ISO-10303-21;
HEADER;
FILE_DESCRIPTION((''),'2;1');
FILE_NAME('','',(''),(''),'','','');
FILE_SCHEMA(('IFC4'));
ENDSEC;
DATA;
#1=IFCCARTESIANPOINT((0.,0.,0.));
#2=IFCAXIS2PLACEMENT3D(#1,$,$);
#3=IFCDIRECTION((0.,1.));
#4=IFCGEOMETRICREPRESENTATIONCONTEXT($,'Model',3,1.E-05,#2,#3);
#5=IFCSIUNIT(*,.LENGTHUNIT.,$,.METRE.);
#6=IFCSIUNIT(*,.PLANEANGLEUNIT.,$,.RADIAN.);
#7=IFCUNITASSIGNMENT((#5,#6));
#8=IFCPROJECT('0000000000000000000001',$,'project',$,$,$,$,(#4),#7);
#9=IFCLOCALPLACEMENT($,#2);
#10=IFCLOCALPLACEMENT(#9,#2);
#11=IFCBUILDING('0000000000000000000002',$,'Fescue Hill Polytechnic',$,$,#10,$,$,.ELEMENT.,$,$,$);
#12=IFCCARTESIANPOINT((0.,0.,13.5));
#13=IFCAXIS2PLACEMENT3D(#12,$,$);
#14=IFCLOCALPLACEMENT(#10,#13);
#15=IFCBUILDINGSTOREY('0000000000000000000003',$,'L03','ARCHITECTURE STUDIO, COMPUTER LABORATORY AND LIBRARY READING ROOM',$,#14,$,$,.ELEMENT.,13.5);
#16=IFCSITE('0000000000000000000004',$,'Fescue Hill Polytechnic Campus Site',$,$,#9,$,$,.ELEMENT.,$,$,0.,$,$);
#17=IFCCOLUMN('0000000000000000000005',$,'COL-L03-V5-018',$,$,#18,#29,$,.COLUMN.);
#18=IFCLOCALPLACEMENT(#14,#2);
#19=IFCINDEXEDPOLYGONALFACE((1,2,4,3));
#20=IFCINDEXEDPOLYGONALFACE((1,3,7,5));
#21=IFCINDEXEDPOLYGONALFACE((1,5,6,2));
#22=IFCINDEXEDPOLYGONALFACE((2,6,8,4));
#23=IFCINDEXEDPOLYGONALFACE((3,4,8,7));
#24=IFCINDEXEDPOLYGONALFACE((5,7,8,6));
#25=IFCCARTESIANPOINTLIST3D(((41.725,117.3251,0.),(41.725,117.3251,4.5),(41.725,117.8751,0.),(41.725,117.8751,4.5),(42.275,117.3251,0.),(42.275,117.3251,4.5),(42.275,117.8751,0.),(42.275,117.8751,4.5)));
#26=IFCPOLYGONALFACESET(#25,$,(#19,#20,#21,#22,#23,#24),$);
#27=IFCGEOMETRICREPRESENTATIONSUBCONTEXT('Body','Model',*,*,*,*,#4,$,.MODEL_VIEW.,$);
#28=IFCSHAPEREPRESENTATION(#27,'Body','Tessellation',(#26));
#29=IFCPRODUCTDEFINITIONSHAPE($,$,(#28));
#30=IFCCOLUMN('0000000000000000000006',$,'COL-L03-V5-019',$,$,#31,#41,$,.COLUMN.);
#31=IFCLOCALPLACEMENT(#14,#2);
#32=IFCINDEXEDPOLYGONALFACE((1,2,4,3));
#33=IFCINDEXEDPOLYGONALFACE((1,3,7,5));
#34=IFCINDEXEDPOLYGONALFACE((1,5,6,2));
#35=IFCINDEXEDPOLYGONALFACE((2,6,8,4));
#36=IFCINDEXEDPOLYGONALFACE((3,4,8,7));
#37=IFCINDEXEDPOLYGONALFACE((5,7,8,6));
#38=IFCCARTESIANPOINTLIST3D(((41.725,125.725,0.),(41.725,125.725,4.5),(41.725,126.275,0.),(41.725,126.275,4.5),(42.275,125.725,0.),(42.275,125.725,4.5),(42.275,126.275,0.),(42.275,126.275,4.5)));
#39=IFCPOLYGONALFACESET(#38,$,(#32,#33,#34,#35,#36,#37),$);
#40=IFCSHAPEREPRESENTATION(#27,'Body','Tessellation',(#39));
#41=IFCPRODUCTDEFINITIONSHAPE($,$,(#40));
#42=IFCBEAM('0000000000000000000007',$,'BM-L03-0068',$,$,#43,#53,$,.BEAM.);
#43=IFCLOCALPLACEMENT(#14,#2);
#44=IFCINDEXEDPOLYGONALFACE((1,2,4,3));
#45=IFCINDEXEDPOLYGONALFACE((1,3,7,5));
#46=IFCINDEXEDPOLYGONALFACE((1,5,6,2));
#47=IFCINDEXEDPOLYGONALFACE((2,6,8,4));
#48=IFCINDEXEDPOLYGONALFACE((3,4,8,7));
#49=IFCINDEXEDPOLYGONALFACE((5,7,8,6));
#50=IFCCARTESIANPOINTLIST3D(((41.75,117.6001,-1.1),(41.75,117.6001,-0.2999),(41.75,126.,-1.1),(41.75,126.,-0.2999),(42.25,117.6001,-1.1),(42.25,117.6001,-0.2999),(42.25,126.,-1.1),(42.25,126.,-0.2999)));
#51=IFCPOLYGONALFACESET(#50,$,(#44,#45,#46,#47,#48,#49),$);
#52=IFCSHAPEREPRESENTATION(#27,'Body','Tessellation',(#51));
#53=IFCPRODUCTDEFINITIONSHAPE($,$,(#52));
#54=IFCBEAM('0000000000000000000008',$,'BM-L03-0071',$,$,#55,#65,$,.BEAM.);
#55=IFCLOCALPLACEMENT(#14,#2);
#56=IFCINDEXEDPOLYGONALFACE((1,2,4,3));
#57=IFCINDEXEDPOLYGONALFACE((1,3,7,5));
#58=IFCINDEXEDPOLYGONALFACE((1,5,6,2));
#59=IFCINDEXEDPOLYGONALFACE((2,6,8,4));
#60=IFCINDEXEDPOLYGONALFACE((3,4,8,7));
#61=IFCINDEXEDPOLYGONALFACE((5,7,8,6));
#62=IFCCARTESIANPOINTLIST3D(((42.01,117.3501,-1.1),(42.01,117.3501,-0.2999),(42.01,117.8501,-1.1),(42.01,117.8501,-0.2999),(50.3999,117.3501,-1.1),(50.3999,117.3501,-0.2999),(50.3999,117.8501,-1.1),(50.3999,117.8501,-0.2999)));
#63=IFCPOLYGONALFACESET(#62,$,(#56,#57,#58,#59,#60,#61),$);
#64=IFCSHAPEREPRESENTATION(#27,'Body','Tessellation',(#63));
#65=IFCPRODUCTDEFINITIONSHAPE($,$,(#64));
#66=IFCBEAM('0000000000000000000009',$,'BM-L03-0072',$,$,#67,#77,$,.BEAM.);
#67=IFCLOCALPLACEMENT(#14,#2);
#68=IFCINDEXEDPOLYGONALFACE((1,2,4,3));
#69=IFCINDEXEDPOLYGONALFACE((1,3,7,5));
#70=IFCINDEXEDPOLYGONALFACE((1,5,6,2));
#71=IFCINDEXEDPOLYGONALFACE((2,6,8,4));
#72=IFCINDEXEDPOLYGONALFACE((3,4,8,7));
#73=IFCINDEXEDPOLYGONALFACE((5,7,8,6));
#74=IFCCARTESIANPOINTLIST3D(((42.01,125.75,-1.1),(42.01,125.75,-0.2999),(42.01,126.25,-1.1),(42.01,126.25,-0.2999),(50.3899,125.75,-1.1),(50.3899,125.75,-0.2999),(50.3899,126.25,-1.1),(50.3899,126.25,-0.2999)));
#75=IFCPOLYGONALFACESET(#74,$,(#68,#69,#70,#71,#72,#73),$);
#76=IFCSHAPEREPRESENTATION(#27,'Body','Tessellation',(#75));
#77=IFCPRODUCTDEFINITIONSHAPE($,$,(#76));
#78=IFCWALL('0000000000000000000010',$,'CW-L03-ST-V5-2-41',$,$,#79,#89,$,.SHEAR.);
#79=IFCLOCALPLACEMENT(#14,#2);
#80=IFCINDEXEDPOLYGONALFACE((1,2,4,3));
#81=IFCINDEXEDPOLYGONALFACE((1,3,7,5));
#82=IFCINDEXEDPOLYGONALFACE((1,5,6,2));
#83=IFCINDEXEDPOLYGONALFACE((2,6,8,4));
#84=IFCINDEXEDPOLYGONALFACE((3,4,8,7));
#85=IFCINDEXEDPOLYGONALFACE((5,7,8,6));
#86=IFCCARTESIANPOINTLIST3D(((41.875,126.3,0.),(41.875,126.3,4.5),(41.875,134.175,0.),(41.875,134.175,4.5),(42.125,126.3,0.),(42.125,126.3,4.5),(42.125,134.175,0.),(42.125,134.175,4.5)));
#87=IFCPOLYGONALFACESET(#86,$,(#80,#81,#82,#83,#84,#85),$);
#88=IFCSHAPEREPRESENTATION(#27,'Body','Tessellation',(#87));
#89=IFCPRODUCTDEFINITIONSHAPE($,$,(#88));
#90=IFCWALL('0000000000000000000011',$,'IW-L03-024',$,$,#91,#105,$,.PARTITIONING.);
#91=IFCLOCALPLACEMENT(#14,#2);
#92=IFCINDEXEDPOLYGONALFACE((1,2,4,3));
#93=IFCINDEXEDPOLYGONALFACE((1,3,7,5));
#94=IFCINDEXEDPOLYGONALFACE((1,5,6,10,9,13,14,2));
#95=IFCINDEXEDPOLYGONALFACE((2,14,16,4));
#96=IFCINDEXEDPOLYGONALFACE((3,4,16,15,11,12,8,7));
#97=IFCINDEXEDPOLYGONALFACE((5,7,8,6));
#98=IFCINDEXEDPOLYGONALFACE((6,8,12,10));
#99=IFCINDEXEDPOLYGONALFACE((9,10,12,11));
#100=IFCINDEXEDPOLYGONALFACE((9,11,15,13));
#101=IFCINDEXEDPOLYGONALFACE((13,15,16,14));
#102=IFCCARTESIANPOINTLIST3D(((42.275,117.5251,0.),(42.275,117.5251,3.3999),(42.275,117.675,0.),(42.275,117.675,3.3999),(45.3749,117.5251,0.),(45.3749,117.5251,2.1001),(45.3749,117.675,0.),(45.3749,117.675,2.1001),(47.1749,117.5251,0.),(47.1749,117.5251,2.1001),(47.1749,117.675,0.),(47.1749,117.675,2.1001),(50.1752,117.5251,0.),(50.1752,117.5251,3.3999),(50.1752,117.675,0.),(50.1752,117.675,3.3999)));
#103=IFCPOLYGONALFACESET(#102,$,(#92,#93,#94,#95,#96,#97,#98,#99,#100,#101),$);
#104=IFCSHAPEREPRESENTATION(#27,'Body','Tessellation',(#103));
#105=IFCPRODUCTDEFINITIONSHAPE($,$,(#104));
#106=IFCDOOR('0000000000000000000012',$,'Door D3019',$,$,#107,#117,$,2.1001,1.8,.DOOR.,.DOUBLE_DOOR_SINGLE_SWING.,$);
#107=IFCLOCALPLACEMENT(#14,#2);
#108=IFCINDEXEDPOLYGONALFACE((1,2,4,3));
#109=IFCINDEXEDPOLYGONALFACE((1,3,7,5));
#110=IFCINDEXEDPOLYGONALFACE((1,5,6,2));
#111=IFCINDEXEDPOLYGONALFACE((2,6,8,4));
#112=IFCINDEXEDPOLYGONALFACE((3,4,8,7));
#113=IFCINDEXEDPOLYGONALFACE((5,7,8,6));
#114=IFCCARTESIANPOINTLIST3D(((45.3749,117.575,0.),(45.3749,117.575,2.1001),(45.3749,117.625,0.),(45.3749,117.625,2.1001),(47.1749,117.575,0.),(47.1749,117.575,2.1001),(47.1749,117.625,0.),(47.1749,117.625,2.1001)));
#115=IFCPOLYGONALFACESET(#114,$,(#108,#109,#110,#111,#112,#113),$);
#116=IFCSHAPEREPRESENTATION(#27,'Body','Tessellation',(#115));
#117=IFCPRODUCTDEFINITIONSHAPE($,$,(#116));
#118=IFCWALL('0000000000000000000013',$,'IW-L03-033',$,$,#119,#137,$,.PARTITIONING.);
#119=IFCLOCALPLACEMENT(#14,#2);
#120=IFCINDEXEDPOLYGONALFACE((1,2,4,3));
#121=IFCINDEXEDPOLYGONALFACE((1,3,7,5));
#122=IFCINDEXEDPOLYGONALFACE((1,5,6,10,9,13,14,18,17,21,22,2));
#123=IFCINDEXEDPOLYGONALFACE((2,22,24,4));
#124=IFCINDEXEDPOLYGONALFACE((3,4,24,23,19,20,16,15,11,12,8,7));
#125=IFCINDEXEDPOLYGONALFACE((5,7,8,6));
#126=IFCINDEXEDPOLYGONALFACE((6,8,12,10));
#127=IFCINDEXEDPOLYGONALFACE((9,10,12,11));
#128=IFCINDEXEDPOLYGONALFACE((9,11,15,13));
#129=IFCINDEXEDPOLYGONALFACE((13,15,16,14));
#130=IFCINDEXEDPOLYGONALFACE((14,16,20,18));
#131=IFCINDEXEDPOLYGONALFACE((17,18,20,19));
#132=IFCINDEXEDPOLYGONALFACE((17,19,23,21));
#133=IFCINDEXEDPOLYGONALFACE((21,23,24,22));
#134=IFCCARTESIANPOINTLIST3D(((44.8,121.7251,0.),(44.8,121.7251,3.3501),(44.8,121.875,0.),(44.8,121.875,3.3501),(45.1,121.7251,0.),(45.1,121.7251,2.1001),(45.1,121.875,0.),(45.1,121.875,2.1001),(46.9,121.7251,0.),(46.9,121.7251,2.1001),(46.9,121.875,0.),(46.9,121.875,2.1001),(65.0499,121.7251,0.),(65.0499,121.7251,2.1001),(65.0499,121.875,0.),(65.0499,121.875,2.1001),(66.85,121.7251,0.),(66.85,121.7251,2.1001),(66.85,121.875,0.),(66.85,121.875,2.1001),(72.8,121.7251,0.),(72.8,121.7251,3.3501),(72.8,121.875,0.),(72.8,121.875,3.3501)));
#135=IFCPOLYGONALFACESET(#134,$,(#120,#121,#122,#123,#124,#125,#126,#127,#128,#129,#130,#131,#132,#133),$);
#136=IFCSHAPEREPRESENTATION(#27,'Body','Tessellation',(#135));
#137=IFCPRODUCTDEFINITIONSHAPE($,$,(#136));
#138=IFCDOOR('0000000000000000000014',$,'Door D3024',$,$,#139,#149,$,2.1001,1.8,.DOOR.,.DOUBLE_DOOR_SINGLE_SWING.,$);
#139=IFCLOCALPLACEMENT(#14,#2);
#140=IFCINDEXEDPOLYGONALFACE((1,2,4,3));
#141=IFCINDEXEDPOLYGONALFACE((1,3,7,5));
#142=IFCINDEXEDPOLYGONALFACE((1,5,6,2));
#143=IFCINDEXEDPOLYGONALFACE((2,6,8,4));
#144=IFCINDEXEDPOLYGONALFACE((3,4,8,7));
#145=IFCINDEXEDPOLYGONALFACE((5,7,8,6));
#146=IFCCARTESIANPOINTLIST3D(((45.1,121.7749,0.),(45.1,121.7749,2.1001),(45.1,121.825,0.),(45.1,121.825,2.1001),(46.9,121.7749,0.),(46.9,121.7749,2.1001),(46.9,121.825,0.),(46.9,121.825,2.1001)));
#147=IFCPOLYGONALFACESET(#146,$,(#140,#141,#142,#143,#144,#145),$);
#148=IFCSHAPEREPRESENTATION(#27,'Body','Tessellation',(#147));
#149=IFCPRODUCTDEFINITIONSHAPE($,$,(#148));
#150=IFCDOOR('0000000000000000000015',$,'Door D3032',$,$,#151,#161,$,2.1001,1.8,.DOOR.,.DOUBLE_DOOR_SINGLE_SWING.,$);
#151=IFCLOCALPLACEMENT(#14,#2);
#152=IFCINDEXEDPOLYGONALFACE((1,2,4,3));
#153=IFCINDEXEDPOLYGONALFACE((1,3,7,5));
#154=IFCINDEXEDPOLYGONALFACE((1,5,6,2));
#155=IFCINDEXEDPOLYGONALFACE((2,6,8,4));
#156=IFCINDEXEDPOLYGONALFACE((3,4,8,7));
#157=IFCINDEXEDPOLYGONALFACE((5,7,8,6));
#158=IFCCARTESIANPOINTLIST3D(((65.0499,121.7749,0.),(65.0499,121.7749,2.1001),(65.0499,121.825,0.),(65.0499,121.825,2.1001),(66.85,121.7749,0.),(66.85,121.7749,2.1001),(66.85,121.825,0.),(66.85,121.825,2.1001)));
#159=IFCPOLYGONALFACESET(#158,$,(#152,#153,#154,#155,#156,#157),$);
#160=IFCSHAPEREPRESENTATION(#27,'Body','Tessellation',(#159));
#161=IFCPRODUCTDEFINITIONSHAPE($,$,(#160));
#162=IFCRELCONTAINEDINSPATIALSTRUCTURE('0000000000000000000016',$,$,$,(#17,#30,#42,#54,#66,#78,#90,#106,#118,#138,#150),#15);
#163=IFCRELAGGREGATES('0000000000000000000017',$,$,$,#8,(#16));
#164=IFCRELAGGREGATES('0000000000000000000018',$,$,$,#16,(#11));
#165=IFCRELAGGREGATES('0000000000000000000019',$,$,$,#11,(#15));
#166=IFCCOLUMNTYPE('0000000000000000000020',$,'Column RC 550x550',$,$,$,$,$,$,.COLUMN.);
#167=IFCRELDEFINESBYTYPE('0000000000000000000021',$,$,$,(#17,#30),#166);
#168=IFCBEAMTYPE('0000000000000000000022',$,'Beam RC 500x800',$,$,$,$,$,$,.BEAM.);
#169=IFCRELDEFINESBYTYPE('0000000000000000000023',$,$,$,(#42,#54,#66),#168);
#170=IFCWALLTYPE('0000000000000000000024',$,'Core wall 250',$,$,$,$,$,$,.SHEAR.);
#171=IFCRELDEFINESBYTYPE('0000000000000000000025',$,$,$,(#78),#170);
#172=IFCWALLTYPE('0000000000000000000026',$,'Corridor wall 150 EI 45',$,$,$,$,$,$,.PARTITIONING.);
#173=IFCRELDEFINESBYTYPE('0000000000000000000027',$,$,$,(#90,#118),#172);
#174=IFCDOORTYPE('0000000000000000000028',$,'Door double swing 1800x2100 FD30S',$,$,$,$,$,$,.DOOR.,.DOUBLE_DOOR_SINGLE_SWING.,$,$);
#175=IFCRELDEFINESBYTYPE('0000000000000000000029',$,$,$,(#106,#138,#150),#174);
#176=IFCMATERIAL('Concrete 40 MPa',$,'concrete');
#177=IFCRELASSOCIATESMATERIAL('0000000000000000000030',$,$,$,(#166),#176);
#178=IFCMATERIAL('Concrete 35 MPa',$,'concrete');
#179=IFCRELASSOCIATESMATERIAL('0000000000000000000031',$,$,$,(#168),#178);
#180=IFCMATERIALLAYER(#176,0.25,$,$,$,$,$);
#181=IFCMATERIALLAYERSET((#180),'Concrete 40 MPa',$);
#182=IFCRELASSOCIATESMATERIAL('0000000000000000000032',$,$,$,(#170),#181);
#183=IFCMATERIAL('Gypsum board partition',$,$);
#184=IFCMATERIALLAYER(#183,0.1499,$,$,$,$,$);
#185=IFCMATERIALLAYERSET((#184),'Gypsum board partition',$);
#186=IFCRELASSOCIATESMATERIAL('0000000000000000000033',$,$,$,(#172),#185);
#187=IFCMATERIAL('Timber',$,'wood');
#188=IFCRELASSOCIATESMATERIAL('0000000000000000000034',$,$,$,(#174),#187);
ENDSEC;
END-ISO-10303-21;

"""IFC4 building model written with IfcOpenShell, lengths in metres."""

from ifc_helpers import new_model, si_unit, direction, frame, frame_2d, origin, origin_2d, place, context, subcontext, project, spatial, rectangle, extrude, material, layer, layer_set, material_profile, profile_set, type_object, element, fill, save


model = new_model("IFC4")

# Units and contexts
model_context = context("Model", 3, precision=1e-05, world=origin(), true_north=direction((0.0, 1.0)))
body_context = subcontext(model_context, "Body", "Model", "MODEL_VIEW")
ifc_project = project(units=[si_unit("LENGTHUNIT", "METRE"), si_unit("PLANEANGLEUNIT", "RADIAN")], contexts=[model_context])

# Site, building, storey
site_placement = place(None, origin())
site = spatial("IfcSite", under=ifc_project, at=site_placement, Name="Fescue Hill Polytechnic Campus Site", CompositionType="ELEMENT", RefElevation=0.0)
building_placement = place(site_placement, origin())
building = spatial("IfcBuilding", under=site, at=building_placement, Name="Fescue Hill Polytechnic", CompositionType="ELEMENT")
storey_placement = place(building_placement, frame((0.0, 0.0, 13.5)))
storey = spatial("IfcBuildingStorey", under=building, at=storey_placement, Name="L03", Description="ARCHITECTURE STUDIO, COMPUTER LABORATORY AND LIBRARY READING ROOM", CompositionType="ELEMENT", Elevation=13.5)

# Columns
ifc_material_1 = material(Name="Concrete 40 MPa", Category="concrete")
ifc_material_profile_1 = material_profile(ifc_material_1, rectangle(XDim=0.55, YDim=0.55, at=origin_2d()), Name="RC 550x550")
ifc_profile_set_1 = profile_set([ifc_material_profile_1], Name="Concrete 40 MPa")
column_type = type_object("IfcColumnType", Name="Column RC 550x550", PredefinedType="COLUMN", material=ifc_profile_set_1)
for number, where, z_axis, x_axis, name in (
    (1, (42.0, 117.6001, 0.0), (0.0, 0.0, 1.0), (1.0, 0.0, 0.0), "COL-L03-V5-018"),
    (2, (42.0, 126.0, 0.0), (0.0, 0.0, 1.0), (1.0, 0.0, 0.0), "COL-L03-V5-019"),
):
    element("IfcColumn", number, at=place(storey_placement, frame(where, z_axis=z_axis, x_axis=x_axis)), inside=storey, type_object=column_type, Name=name, PredefinedType="COLUMN", context=body_context, shape_type="SweptSolid", body=[
        extrude(rectangle(XDim=0.55, YDim=0.55, at=origin_2d()), origin(), (0.0, 0.0, 1.0), 4.5),
    ])

# Beams
ifc_material_2 = material(Name="Concrete 35 MPa", Category="concrete")
ifc_material_profile_2 = material_profile(ifc_material_2, rectangle(XDim=0.5, YDim=0.8, at=origin_2d()), Name="RC 500x800")
ifc_profile_set_2 = profile_set([ifc_material_profile_2], Name="Concrete 35 MPa")
beam_type = type_object("IfcBeamType", Name="Beam RC 500x800", PredefinedType="BEAM", material=ifc_profile_set_2)
beam_1_placement = place(storey_placement, frame((42.0, 117.6001, -0.7), z_axis=(0.0, 1.0, 0.0), x_axis=(-1.0, 0.0, 0.0)))
element("IfcBeam", 3, at=beam_1_placement, inside=storey, type_object=beam_type, Name="BM-L03-0068", PredefinedType="BEAM", context=body_context, shape_type="SweptSolid", body=[
    extrude(rectangle(XDim=0.5, YDim=0.8, at=origin_2d()), origin(), (0.0, 0.0, 1.0), 8.3999),
])
beam_2_placement = place(storey_placement, frame((42.01, 117.6001, -0.7), z_axis=(1.0, 0.0, 0.0), x_axis=(0.0, 1.0, 0.0)))
element("IfcBeam", 4, at=beam_2_placement, inside=storey, type_object=beam_type, Name="BM-L03-0071", PredefinedType="BEAM", context=body_context, shape_type="SweptSolid", body=[
    extrude(rectangle(XDim=0.5, YDim=0.8, at=origin_2d()), origin(), (0.0, 0.0, 1.0), 8.3899),
])
beam_3_placement = place(storey_placement, frame((42.01, 126.0, -0.7), z_axis=(1.0, 0.0, 0.0), x_axis=(0.0, 1.0, 0.0)))
element("IfcBeam", 5, at=beam_3_placement, inside=storey, type_object=beam_type, Name="BM-L03-0072", PredefinedType="BEAM", context=body_context, shape_type="SweptSolid", body=[
    extrude(rectangle(XDim=0.5, YDim=0.8, at=origin_2d()), origin(), (0.0, 0.0, 1.0), 8.3799),
])

# Wall
ifc_layer_1 = layer(ifc_material_1, 0.25)
ifc_layer_set_1 = layer_set([ifc_layer_1], Name="Concrete 40 MPa")
wall_type_1 = type_object("IfcWallType", Name="Core wall 250", PredefinedType="SHEAR", material=ifc_layer_set_1)
wall_1_placement = place(storey_placement, frame((42.0, 126.3, 0.0), z_axis=(0.0, 0.0, 1.0), x_axis=(0.0, 1.0, 0.0)))
element("IfcWall", 6, at=wall_1_placement, inside=storey, type_object=wall_type_1, Name="CW-L03-ST-V5-2-41", PredefinedType="SHEAR", context=body_context, shape_type="SweptSolid", body=[
    extrude(rectangle(XDim=7.875, YDim=0.25, at=frame_2d((3.9375, 0.0))), origin(), (0.0, 0.0, 1.0), 4.5),
])

# Wall, opening, door
ifc_material_3 = material(Name="Gypsum board partition")
ifc_layer_2 = layer(ifc_material_3, 0.1499)
ifc_layer_set_2 = layer_set([ifc_layer_2], Name="Gypsum board partition")
wall_type_2 = type_object("IfcWallType", Name="Corridor wall 150 EI 45", PredefinedType="PARTITIONING", material=ifc_layer_set_2)
wall_2_placement = place(storey_placement, frame((42.2749, 117.6001, 0.0), z_axis=(0.0, 0.0, 1.0), x_axis=(1.0, 0.0, 0.0)))
wall_2 = element("IfcWall", 7, at=wall_2_placement, inside=storey, type_object=wall_type_2, Name="IW-L03-024", PredefinedType="PARTITIONING", context=body_context, shape_type="SweptSolid", body=[
    extrude(rectangle(XDim=7.9001, YDim=0.1499, at=frame_2d((3.9502, 0.0))), origin(), (0.0, 0.0, 1.0), 3.3999),
])
opening_1_placement = place(wall_2_placement, frame((3.1001, 0.0, 0.0)))
opening_1 = element("IfcOpeningElement", 8, at=opening_1_placement, cuts=wall_2, PredefinedType="OPENING", context=body_context, shape_type="SweptSolid", body=[
    extrude(rectangle(XDim=1.8, YDim=2.1001, at=frame_2d((0.8999, 1.05))), frame((0.0, 0.085, 0.0), z_axis=(0.0, -1.0, 0.0), x_axis=(1.0, 0.0, 0.0)), (0.0, 0.0, 1.0), 0.1699),
])
ifc_material_4 = material(Name="Timber", Category="wood")
door_type = type_object("IfcDoorType", Name="Door double swing 1800x2100 FD30S", OperationType="DOUBLE_DOOR_SINGLE_SWING", PredefinedType="DOOR", material=ifc_material_4)
door_1_placement = place(opening_1_placement, origin())
door_1 = element("IfcDoor", 9, at=door_1_placement, inside=storey, type_object=door_type, Name="Door D3019", OperationType="DOUBLE_DOOR_SINGLE_SWING", OverallHeight=2.1001, OverallWidth=1.8, PredefinedType="DOOR", context=body_context, shape_type="SweptSolid", body=[
    extrude(rectangle(XDim=1.8, YDim=2.1001, at=frame_2d((0.8999, 1.05))), frame((0.0, 0.0249, 0.0), z_axis=(0.0, -1.0, 0.0), x_axis=(1.0, 0.0, 0.0)), (0.0, 0.0, 1.0), 0.05),
])
fill(opening_1, door_1)

# Wall, openings, doors
wall_3_placement = place(storey_placement, frame((44.8, 121.8, 0.0), z_axis=(0.0, 0.0, 1.0), x_axis=(1.0, 0.0, 0.0)))
wall_3 = element("IfcWall", 10, at=wall_3_placement, inside=storey, type_object=wall_type_2, Name="IW-L03-033", PredefinedType="PARTITIONING", context=body_context, shape_type="SweptSolid", body=[
    extrude(rectangle(XDim=28.0, YDim=0.1499, at=frame_2d((14.0, 0.0))), origin(), (0.0, 0.0, 1.0), 3.3501),
])
opening_2_placement = place(wall_3_placement, frame((0.3, 0.0, 0.0)))
opening_2 = element("IfcOpeningElement", 11, at=opening_2_placement, cuts=wall_3, PredefinedType="OPENING", context=body_context, shape_type="SweptSolid", body=[
    extrude(rectangle(XDim=1.8, YDim=2.1001, at=frame_2d((0.8999, 1.05))), frame((0.0, 0.085, 0.0), z_axis=(0.0, -1.0, 0.0), x_axis=(1.0, 0.0, 0.0)), (0.0, 0.0, 1.0), 0.1699),
])
opening_3_placement = place(wall_3_placement, frame((20.25, 0.0, 0.0)))
opening_3 = element("IfcOpeningElement", 12, at=opening_3_placement, cuts=wall_3, PredefinedType="OPENING", context=body_context, shape_type="SweptSolid", body=[
    extrude(rectangle(XDim=1.8, YDim=2.1001, at=frame_2d((0.8999, 1.05))), frame((0.0, 0.085, 0.0), z_axis=(0.0, -1.0, 0.0), x_axis=(1.0, 0.0, 0.0)), (0.0, 0.0, 1.0), 0.1699),
])
door_2_placement = place(opening_2_placement, origin())
door_2 = element("IfcDoor", 13, at=door_2_placement, inside=storey, type_object=door_type, Name="Door D3024", OperationType="DOUBLE_DOOR_SINGLE_SWING", OverallHeight=2.1001, OverallWidth=1.8, PredefinedType="DOOR", context=body_context, shape_type="SweptSolid", body=[
    extrude(rectangle(XDim=1.8, YDim=2.1001, at=frame_2d((0.8999, 1.05))), frame((0.0, 0.0249, 0.0), z_axis=(0.0, -1.0, 0.0), x_axis=(1.0, 0.0, 0.0)), (0.0, 0.0, 1.0), 0.05),
])
fill(opening_2, door_2)
door_3_placement = place(opening_3_placement, origin())
door_3 = element("IfcDoor", 14, at=door_3_placement, inside=storey, type_object=door_type, Name="Door D3032", OperationType="DOUBLE_DOOR_SINGLE_SWING", OverallHeight=2.1001, OverallWidth=1.8, PredefinedType="DOOR", context=body_context, shape_type="SweptSolid", body=[
    extrude(rectangle(XDim=1.8, YDim=2.1001, at=frame_2d((0.8999, 1.05))), frame((0.0, 0.0249, 0.0), z_axis=(0.0, -1.0, 0.0), x_axis=(1.0, 0.0, 0.0)), (0.0, 0.0, 1.0), 0.05),
])
fill(opening_3, door_3)

save(model, "model.ifc")
